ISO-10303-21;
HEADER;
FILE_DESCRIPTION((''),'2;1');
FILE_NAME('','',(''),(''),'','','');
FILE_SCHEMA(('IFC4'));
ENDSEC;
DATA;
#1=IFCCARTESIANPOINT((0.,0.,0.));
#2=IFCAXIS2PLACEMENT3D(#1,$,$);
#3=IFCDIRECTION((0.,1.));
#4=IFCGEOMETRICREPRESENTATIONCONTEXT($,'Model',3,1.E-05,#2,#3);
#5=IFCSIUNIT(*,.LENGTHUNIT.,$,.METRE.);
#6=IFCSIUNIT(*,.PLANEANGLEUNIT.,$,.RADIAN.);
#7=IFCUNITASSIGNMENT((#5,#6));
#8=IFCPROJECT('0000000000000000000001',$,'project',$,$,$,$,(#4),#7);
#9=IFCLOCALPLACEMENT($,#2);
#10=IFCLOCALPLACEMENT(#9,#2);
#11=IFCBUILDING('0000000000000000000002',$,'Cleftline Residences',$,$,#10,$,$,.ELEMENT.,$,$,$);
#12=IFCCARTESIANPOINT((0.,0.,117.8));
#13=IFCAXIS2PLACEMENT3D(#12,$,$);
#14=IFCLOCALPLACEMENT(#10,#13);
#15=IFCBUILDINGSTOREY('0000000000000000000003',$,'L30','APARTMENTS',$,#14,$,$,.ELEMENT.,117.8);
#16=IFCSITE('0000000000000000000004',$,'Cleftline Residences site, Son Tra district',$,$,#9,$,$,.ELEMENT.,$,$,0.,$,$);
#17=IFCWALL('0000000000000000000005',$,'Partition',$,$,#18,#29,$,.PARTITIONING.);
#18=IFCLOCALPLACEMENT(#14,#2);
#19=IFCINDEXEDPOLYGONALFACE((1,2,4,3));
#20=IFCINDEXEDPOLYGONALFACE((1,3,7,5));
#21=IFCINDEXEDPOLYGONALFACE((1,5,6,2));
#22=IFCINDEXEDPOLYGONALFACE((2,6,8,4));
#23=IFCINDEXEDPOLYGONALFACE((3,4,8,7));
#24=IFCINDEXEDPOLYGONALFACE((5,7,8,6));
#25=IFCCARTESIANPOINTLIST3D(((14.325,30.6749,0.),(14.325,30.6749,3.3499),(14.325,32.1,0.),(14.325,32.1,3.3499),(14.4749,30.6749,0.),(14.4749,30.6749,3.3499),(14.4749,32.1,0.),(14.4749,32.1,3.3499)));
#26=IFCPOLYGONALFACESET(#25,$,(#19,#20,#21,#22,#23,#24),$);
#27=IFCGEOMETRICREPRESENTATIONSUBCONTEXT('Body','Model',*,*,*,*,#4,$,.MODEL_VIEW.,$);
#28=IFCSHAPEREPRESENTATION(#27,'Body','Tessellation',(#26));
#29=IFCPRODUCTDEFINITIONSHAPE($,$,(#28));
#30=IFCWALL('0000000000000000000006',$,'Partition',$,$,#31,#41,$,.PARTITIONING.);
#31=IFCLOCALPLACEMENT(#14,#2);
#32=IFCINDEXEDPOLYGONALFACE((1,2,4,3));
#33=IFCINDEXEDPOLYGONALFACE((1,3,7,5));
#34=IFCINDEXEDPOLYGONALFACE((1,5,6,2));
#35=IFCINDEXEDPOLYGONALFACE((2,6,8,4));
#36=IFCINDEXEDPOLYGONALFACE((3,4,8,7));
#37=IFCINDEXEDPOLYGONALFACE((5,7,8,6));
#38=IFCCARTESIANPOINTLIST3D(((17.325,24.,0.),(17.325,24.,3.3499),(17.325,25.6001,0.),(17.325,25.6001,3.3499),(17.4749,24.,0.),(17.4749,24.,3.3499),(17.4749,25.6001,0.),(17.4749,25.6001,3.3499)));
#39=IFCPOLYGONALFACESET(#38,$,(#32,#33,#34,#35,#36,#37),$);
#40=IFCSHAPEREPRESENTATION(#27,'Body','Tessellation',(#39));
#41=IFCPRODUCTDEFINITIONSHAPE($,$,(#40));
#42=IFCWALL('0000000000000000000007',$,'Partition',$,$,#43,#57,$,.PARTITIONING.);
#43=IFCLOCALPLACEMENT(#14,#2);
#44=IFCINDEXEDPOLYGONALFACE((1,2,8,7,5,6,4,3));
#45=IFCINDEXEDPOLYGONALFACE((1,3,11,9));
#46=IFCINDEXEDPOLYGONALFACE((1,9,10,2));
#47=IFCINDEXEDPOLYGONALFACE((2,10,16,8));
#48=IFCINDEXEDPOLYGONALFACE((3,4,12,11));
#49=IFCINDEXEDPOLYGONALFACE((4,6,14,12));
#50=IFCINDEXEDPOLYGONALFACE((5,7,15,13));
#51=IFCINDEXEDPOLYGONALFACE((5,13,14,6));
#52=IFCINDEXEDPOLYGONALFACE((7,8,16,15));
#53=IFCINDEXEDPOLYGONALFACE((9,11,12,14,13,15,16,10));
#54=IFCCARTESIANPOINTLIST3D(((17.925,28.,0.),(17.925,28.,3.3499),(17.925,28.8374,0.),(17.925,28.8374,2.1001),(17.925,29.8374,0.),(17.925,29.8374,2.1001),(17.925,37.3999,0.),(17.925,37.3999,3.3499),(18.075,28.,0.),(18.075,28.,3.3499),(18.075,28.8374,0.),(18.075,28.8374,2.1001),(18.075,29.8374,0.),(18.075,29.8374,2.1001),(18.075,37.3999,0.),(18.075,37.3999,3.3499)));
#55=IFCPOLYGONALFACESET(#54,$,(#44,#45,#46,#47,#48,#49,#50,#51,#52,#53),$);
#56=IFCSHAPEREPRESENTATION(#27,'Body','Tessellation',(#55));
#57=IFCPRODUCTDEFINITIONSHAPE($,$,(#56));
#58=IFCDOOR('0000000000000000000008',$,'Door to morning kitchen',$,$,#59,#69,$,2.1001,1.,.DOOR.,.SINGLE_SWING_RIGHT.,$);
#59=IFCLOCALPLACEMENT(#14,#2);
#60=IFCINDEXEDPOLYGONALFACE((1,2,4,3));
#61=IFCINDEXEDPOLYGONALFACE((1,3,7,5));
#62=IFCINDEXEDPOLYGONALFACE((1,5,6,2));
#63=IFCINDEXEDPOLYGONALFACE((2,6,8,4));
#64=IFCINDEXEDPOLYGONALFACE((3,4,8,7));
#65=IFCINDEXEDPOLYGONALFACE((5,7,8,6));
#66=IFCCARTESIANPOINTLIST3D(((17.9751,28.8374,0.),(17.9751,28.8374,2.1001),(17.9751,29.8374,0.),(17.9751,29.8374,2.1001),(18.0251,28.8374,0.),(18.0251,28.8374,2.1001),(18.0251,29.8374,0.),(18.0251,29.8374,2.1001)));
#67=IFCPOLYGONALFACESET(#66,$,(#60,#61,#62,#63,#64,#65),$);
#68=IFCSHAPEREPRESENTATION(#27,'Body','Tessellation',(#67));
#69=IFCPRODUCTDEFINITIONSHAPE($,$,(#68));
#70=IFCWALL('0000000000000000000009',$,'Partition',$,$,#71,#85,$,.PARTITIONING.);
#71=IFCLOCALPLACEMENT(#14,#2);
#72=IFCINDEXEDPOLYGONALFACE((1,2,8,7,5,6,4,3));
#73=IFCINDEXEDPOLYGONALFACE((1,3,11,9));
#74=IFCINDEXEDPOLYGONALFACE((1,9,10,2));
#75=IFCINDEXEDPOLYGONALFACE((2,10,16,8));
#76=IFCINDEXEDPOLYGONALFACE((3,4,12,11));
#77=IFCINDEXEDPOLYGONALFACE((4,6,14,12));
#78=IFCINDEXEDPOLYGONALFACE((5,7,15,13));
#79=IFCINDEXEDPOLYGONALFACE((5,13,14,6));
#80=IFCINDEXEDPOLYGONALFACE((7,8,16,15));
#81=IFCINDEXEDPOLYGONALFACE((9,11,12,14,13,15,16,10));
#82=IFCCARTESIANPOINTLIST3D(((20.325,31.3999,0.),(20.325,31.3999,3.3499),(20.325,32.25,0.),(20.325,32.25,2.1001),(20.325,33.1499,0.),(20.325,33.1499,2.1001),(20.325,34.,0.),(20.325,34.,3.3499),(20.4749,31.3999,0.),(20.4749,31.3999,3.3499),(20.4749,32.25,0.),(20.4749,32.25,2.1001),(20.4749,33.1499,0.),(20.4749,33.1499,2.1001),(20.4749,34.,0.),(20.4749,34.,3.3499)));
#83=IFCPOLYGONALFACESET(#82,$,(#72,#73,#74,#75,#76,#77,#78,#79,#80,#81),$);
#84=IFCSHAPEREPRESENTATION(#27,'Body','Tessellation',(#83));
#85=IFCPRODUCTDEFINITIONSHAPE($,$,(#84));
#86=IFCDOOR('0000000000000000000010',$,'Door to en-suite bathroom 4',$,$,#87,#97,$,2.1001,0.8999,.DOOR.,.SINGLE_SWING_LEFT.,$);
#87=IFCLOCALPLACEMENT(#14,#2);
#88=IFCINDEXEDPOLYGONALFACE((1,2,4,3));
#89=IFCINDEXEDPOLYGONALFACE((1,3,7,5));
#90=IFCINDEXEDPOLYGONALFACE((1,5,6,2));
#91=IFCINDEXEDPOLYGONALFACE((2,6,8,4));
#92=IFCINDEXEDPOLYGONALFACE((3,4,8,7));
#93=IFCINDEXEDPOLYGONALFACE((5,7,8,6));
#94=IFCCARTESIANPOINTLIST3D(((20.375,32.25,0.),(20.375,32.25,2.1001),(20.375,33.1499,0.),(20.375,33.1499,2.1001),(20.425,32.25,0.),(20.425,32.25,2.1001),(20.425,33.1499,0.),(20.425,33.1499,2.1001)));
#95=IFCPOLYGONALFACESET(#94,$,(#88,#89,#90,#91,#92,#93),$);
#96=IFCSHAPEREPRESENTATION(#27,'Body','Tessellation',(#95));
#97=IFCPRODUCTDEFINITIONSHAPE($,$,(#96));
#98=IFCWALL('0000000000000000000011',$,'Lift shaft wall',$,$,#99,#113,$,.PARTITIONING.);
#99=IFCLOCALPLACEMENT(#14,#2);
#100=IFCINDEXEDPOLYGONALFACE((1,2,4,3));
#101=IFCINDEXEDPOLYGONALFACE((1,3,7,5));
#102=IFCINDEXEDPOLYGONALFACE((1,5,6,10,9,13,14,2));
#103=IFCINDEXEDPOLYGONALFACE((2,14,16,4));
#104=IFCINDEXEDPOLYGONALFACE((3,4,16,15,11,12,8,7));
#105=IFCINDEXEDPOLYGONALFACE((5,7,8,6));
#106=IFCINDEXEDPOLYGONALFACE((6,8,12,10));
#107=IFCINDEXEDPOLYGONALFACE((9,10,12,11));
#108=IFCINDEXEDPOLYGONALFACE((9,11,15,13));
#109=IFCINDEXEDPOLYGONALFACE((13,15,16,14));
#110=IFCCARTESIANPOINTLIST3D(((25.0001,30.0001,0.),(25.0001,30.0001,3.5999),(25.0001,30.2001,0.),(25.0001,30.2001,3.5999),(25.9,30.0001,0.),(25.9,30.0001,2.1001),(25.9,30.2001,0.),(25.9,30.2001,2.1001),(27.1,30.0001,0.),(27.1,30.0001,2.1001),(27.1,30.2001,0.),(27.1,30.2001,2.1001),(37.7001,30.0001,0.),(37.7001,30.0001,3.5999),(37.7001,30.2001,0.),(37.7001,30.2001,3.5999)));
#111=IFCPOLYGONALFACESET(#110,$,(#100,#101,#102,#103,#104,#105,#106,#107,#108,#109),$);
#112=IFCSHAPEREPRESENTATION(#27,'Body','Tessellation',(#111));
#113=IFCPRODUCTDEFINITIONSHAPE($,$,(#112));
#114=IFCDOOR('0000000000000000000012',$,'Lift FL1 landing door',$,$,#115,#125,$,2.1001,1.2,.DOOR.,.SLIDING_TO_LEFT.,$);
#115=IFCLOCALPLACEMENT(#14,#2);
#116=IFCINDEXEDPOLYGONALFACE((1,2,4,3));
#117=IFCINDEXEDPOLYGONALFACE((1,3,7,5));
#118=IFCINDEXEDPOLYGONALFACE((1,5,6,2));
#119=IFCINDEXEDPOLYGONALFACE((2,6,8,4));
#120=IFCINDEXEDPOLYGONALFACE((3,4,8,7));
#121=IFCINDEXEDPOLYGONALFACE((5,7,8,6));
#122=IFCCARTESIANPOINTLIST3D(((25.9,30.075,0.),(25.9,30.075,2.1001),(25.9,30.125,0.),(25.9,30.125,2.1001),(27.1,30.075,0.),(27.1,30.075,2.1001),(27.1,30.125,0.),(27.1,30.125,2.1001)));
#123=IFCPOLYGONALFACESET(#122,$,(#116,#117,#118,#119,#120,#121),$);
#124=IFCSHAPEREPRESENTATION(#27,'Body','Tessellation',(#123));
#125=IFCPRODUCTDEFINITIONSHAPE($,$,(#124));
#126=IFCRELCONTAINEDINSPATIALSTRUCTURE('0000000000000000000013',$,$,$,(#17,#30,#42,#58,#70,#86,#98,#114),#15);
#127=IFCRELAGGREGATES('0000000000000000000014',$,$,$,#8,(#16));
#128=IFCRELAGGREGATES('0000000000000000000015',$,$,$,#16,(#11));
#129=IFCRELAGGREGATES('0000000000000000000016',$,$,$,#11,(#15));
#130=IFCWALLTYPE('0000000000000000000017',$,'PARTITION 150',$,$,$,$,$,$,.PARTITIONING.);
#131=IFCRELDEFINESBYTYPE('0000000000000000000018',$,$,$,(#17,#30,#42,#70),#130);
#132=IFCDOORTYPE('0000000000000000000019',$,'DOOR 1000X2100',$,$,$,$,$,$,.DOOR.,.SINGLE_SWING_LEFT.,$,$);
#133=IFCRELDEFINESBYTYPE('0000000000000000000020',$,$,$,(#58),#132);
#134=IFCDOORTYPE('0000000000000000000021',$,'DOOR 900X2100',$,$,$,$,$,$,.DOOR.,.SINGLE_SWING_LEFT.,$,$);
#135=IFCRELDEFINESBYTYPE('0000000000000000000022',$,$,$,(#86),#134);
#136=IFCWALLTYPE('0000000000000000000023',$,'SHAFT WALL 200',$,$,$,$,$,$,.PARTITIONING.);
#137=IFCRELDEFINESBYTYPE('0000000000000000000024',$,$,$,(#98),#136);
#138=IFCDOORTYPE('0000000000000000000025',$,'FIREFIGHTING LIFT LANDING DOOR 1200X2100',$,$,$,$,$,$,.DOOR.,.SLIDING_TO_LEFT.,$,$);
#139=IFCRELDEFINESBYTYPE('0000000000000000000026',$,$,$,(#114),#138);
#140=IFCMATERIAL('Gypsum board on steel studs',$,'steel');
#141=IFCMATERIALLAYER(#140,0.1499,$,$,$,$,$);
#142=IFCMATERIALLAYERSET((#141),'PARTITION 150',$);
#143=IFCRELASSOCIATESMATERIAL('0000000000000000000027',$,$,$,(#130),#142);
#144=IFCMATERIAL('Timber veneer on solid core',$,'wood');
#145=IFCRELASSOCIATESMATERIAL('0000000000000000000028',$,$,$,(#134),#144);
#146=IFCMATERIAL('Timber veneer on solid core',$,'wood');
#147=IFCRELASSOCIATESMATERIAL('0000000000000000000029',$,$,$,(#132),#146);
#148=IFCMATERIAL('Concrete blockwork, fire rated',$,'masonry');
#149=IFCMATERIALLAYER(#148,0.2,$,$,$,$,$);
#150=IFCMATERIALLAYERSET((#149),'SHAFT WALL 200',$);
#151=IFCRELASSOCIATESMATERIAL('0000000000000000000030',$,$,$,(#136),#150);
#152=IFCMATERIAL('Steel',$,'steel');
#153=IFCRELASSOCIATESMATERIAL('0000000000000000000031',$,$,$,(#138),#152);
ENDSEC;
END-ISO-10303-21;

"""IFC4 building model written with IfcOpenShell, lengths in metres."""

from ifc_helpers import new_model, si_unit, direction, frame, frame_2d, origin, place, context, subcontext, project, spatial, rectangle, extrude, material, layer, layer_set, type_object, element, fill, save


model = new_model("IFC4")

# Units and contexts
model_context = context("Model", 3, precision=1e-05, world=origin(), true_north=direction((0.0, 1.0)))
body_context = subcontext(model_context, "Body", "Model", "MODEL_VIEW")
ifc_project = project(units=[si_unit("LENGTHUNIT", "METRE"), si_unit("PLANEANGLEUNIT", "RADIAN")], contexts=[model_context])

# Site, building, storey
site_placement = place(None, origin())
site = spatial("IfcSite", under=ifc_project, at=site_placement, Name="Cleftline Residences site, Son Tra district", CompositionType="ELEMENT", RefElevation=0.0)
building_placement = place(site_placement, origin())
building = spatial("IfcBuilding", under=site, at=building_placement, Name="Cleftline Residences", CompositionType="ELEMENT")
storey_placement = place(building_placement, frame((0.0, 0.0, 117.8)))
storey = spatial("IfcBuildingStorey", under=building, at=storey_placement, Name="L30", Description="APARTMENTS", CompositionType="ELEMENT", Elevation=117.8)

# Shared definitions
ifc_material_1 = material(Name="Gypsum board on steel studs", Category="steel")
ifc_layer_1 = layer(ifc_material_1, 0.1499)
ifc_layer_set_1 = layer_set([ifc_layer_1], Name="PARTITION 150")
wall_type_1 = type_object("IfcWallType", Name="PARTITION 150", PredefinedType="PARTITIONING", material=ifc_layer_set_1)
ifc_material_2 = material(Name="Timber veneer on solid core", Category="wood")
door_type_1 = type_object("IfcDoorType", Name="DOOR 900X2100", OperationType="SINGLE_SWING_LEFT", PredefinedType="DOOR", material=ifc_material_2)
ifc_material_3 = material(Name="Timber veneer on solid core", Category="wood")
door_type_2 = type_object("IfcDoorType", Name="DOOR 1000X2100", OperationType="SINGLE_SWING_LEFT", PredefinedType="DOOR", material=ifc_material_3)

# Walls
wall_1_placement = place(storey_placement, frame((14.3999, 30.675, 0.0), z_axis=(0.0, 0.0, 1.0), x_axis=(0.0, 1.0, 0.0)))
element("IfcWall", 1, at=wall_1_placement, inside=storey, type_object=wall_type_1, Name="Partition", PredefinedType="PARTITIONING", context=body_context, shape_type="SweptSolid", body=[
    extrude(rectangle(XDim=1.425, YDim=0.1499, at=frame_2d((0.7124, 0.0))), origin(), (0.0, 0.0, 1.0), 3.3499),
])
wall_2_placement = place(storey_placement, frame((17.3999, 24.0, 0.0), z_axis=(0.0, 0.0, 1.0), x_axis=(0.0, 1.0, 0.0)))
element("IfcWall", 2, at=wall_2_placement, inside=storey, type_object=wall_type_1, Name="Partition", PredefinedType="PARTITIONING", context=body_context, shape_type="SweptSolid", body=[
    extrude(rectangle(XDim=1.6001, YDim=0.1499, at=frame_2d((0.8, 0.0))), origin(), (0.0, 0.0, 1.0), 3.3499),
])

# Walls, openings, doors
wall_3_placement = place(storey_placement, frame((18.0, 28.0, 0.0), z_axis=(0.0, 0.0, 1.0), x_axis=(0.0, 1.0, 0.0)))
wall_3 = element("IfcWall", 3, at=wall_3_placement, inside=storey, type_object=wall_type_1, Name="Partition", PredefinedType="PARTITIONING", context=body_context, shape_type="SweptSolid", body=[
    extrude(rectangle(XDim=9.3999, YDim=0.1499, at=frame_2d((4.7, 0.0))), origin(), (0.0, 0.0, 1.0), 3.3499),
])
opening_1_placement = place(wall_3_placement, frame((0.8374, 0.0, 0.0)))
opening_1 = element("IfcOpeningElement", 4, at=opening_1_placement, cuts=wall_3, PredefinedType="OPENING", context=body_context, shape_type="SweptSolid", body=[
    extrude(rectangle(XDim=1.0, YDim=2.1001, at=frame_2d((0.5, 1.05))), frame((0.0, 0.085, 0.0), z_axis=(0.0, -1.0, 0.0), x_axis=(1.0, 0.0, 0.0)), (0.0, 0.0, 1.0), 0.1699),
])
door_1_placement = place(opening_1_placement, origin())
door_1 = element("IfcDoor", 5, at=door_1_placement, inside=storey, type_object=door_type_2, Name="Door to morning kitchen", OperationType="SINGLE_SWING_RIGHT", OverallHeight=2.1001, OverallWidth=1.0, PredefinedType="DOOR", context=body_context, shape_type="SweptSolid", body=[
    extrude(rectangle(XDim=1.0, YDim=2.1001, at=frame_2d((0.5, 1.05))), frame((0.0, 0.0249, 0.0), z_axis=(0.0, -1.0, 0.0), x_axis=(1.0, 0.0, 0.0)), (0.0, 0.0, 1.0), 0.05),
])
fill(opening_1, door_1)
wall_4_placement = place(storey_placement, frame((20.3999, 31.3999, 0.0), z_axis=(0.0, 0.0, 1.0), x_axis=(0.0, 1.0, 0.0)))
wall_4 = element("IfcWall", 6, at=wall_4_placement, inside=storey, type_object=wall_type_1, Name="Partition", PredefinedType="PARTITIONING", context=body_context, shape_type="SweptSolid", body=[
    extrude(rectangle(XDim=2.6001, YDim=0.1499, at=frame_2d((1.3, 0.0))), origin(), (0.0, 0.0, 1.0), 3.3499),
])
opening_2_placement = place(wall_4_placement, frame((0.8501, 0.0, 0.0)))
opening_2 = element("IfcOpeningElement", 7, at=opening_2_placement, cuts=wall_4, PredefinedType="OPENING", context=body_context, shape_type="SweptSolid", body=[
    extrude(rectangle(XDim=0.8999, YDim=2.1001, at=frame_2d((0.45, 1.05))), frame((0.0, 0.085, 0.0), z_axis=(0.0, -1.0, 0.0), x_axis=(1.0, 0.0, 0.0)), (0.0, 0.0, 1.0), 0.1699),
])
door_2_placement = place(opening_2_placement, origin())
door_2 = element("IfcDoor", 8, at=door_2_placement, inside=storey, type_object=door_type_1, Name="Door to en-suite bathroom 4", OperationType="SINGLE_SWING_LEFT", OverallHeight=2.1001, OverallWidth=0.8999, PredefinedType="DOOR", context=body_context, shape_type="SweptSolid", body=[
    extrude(rectangle(XDim=0.8999, YDim=2.1001, at=frame_2d((0.45, 1.05))), frame((0.0, 0.0249, 0.0), z_axis=(0.0, -1.0, 0.0), x_axis=(1.0, 0.0, 0.0)), (0.0, 0.0, 1.0), 0.05),
])
fill(opening_2, door_2)
ifc_material_4 = material(Name="Concrete blockwork, fire rated", Category="masonry")
ifc_layer_2 = layer(ifc_material_4, 0.2)
ifc_layer_set_2 = layer_set([ifc_layer_2], Name="SHAFT WALL 200")
wall_type_2 = type_object("IfcWallType", Name="SHAFT WALL 200", PredefinedType="PARTITIONING", material=ifc_layer_set_2)
wall_5_placement = place(storey_placement, frame((25.0, 30.1001, 0.0), z_axis=(0.0, 0.0, 1.0), x_axis=(1.0, 0.0, 0.0)))
wall_5 = element("IfcWall", 9, at=wall_5_placement, inside=storey, type_object=wall_type_2, Name="Lift shaft wall", PredefinedType="PARTITIONING", context=body_context, shape_type="SweptSolid", body=[
    extrude(rectangle(XDim=12.7, YDim=0.2, at=frame_2d((6.3501, 0.0))), origin(), (0.0, 0.0, 1.0), 3.5999),
])
opening_3_placement = place(wall_5_placement, frame((0.8999, 0.0, 0.0)))
opening_3 = element("IfcOpeningElement", 10, at=opening_3_placement, cuts=wall_5, PredefinedType="OPENING", context=body_context, shape_type="SweptSolid", body=[
    extrude(rectangle(XDim=1.2, YDim=2.1001, at=frame_2d((0.6001, 1.05))), frame((0.0, 0.1099, 0.0), z_axis=(0.0, -1.0, 0.0), x_axis=(1.0, 0.0, 0.0)), (0.0, 0.0, 1.0), 0.22),
])
ifc_material_5 = material(Name="Steel", Category="steel")
door_type_3 = type_object("IfcDoorType", Name="FIREFIGHTING LIFT LANDING DOOR 1200X2100", OperationType="SLIDING_TO_LEFT", PredefinedType="DOOR", material=ifc_material_5)
door_3_placement = place(opening_3_placement, origin())
door_3 = element("IfcDoor", 11, at=door_3_placement, inside=storey, type_object=door_type_3, Name="Lift FL1 landing door", OperationType="SLIDING_TO_LEFT", OverallHeight=2.1001, OverallWidth=1.2, PredefinedType="DOOR", context=body_context, shape_type="SweptSolid", body=[
    extrude(rectangle(XDim=1.2, YDim=2.1001, at=frame_2d((0.6001, 1.05))), frame((0.0, 0.0249, 0.0), z_axis=(0.0, -1.0, 0.0), x_axis=(1.0, 0.0, 0.0)), (0.0, 0.0, 1.0), 0.05),
])
fill(opening_3, door_3)

save(model, "model.ifc")
